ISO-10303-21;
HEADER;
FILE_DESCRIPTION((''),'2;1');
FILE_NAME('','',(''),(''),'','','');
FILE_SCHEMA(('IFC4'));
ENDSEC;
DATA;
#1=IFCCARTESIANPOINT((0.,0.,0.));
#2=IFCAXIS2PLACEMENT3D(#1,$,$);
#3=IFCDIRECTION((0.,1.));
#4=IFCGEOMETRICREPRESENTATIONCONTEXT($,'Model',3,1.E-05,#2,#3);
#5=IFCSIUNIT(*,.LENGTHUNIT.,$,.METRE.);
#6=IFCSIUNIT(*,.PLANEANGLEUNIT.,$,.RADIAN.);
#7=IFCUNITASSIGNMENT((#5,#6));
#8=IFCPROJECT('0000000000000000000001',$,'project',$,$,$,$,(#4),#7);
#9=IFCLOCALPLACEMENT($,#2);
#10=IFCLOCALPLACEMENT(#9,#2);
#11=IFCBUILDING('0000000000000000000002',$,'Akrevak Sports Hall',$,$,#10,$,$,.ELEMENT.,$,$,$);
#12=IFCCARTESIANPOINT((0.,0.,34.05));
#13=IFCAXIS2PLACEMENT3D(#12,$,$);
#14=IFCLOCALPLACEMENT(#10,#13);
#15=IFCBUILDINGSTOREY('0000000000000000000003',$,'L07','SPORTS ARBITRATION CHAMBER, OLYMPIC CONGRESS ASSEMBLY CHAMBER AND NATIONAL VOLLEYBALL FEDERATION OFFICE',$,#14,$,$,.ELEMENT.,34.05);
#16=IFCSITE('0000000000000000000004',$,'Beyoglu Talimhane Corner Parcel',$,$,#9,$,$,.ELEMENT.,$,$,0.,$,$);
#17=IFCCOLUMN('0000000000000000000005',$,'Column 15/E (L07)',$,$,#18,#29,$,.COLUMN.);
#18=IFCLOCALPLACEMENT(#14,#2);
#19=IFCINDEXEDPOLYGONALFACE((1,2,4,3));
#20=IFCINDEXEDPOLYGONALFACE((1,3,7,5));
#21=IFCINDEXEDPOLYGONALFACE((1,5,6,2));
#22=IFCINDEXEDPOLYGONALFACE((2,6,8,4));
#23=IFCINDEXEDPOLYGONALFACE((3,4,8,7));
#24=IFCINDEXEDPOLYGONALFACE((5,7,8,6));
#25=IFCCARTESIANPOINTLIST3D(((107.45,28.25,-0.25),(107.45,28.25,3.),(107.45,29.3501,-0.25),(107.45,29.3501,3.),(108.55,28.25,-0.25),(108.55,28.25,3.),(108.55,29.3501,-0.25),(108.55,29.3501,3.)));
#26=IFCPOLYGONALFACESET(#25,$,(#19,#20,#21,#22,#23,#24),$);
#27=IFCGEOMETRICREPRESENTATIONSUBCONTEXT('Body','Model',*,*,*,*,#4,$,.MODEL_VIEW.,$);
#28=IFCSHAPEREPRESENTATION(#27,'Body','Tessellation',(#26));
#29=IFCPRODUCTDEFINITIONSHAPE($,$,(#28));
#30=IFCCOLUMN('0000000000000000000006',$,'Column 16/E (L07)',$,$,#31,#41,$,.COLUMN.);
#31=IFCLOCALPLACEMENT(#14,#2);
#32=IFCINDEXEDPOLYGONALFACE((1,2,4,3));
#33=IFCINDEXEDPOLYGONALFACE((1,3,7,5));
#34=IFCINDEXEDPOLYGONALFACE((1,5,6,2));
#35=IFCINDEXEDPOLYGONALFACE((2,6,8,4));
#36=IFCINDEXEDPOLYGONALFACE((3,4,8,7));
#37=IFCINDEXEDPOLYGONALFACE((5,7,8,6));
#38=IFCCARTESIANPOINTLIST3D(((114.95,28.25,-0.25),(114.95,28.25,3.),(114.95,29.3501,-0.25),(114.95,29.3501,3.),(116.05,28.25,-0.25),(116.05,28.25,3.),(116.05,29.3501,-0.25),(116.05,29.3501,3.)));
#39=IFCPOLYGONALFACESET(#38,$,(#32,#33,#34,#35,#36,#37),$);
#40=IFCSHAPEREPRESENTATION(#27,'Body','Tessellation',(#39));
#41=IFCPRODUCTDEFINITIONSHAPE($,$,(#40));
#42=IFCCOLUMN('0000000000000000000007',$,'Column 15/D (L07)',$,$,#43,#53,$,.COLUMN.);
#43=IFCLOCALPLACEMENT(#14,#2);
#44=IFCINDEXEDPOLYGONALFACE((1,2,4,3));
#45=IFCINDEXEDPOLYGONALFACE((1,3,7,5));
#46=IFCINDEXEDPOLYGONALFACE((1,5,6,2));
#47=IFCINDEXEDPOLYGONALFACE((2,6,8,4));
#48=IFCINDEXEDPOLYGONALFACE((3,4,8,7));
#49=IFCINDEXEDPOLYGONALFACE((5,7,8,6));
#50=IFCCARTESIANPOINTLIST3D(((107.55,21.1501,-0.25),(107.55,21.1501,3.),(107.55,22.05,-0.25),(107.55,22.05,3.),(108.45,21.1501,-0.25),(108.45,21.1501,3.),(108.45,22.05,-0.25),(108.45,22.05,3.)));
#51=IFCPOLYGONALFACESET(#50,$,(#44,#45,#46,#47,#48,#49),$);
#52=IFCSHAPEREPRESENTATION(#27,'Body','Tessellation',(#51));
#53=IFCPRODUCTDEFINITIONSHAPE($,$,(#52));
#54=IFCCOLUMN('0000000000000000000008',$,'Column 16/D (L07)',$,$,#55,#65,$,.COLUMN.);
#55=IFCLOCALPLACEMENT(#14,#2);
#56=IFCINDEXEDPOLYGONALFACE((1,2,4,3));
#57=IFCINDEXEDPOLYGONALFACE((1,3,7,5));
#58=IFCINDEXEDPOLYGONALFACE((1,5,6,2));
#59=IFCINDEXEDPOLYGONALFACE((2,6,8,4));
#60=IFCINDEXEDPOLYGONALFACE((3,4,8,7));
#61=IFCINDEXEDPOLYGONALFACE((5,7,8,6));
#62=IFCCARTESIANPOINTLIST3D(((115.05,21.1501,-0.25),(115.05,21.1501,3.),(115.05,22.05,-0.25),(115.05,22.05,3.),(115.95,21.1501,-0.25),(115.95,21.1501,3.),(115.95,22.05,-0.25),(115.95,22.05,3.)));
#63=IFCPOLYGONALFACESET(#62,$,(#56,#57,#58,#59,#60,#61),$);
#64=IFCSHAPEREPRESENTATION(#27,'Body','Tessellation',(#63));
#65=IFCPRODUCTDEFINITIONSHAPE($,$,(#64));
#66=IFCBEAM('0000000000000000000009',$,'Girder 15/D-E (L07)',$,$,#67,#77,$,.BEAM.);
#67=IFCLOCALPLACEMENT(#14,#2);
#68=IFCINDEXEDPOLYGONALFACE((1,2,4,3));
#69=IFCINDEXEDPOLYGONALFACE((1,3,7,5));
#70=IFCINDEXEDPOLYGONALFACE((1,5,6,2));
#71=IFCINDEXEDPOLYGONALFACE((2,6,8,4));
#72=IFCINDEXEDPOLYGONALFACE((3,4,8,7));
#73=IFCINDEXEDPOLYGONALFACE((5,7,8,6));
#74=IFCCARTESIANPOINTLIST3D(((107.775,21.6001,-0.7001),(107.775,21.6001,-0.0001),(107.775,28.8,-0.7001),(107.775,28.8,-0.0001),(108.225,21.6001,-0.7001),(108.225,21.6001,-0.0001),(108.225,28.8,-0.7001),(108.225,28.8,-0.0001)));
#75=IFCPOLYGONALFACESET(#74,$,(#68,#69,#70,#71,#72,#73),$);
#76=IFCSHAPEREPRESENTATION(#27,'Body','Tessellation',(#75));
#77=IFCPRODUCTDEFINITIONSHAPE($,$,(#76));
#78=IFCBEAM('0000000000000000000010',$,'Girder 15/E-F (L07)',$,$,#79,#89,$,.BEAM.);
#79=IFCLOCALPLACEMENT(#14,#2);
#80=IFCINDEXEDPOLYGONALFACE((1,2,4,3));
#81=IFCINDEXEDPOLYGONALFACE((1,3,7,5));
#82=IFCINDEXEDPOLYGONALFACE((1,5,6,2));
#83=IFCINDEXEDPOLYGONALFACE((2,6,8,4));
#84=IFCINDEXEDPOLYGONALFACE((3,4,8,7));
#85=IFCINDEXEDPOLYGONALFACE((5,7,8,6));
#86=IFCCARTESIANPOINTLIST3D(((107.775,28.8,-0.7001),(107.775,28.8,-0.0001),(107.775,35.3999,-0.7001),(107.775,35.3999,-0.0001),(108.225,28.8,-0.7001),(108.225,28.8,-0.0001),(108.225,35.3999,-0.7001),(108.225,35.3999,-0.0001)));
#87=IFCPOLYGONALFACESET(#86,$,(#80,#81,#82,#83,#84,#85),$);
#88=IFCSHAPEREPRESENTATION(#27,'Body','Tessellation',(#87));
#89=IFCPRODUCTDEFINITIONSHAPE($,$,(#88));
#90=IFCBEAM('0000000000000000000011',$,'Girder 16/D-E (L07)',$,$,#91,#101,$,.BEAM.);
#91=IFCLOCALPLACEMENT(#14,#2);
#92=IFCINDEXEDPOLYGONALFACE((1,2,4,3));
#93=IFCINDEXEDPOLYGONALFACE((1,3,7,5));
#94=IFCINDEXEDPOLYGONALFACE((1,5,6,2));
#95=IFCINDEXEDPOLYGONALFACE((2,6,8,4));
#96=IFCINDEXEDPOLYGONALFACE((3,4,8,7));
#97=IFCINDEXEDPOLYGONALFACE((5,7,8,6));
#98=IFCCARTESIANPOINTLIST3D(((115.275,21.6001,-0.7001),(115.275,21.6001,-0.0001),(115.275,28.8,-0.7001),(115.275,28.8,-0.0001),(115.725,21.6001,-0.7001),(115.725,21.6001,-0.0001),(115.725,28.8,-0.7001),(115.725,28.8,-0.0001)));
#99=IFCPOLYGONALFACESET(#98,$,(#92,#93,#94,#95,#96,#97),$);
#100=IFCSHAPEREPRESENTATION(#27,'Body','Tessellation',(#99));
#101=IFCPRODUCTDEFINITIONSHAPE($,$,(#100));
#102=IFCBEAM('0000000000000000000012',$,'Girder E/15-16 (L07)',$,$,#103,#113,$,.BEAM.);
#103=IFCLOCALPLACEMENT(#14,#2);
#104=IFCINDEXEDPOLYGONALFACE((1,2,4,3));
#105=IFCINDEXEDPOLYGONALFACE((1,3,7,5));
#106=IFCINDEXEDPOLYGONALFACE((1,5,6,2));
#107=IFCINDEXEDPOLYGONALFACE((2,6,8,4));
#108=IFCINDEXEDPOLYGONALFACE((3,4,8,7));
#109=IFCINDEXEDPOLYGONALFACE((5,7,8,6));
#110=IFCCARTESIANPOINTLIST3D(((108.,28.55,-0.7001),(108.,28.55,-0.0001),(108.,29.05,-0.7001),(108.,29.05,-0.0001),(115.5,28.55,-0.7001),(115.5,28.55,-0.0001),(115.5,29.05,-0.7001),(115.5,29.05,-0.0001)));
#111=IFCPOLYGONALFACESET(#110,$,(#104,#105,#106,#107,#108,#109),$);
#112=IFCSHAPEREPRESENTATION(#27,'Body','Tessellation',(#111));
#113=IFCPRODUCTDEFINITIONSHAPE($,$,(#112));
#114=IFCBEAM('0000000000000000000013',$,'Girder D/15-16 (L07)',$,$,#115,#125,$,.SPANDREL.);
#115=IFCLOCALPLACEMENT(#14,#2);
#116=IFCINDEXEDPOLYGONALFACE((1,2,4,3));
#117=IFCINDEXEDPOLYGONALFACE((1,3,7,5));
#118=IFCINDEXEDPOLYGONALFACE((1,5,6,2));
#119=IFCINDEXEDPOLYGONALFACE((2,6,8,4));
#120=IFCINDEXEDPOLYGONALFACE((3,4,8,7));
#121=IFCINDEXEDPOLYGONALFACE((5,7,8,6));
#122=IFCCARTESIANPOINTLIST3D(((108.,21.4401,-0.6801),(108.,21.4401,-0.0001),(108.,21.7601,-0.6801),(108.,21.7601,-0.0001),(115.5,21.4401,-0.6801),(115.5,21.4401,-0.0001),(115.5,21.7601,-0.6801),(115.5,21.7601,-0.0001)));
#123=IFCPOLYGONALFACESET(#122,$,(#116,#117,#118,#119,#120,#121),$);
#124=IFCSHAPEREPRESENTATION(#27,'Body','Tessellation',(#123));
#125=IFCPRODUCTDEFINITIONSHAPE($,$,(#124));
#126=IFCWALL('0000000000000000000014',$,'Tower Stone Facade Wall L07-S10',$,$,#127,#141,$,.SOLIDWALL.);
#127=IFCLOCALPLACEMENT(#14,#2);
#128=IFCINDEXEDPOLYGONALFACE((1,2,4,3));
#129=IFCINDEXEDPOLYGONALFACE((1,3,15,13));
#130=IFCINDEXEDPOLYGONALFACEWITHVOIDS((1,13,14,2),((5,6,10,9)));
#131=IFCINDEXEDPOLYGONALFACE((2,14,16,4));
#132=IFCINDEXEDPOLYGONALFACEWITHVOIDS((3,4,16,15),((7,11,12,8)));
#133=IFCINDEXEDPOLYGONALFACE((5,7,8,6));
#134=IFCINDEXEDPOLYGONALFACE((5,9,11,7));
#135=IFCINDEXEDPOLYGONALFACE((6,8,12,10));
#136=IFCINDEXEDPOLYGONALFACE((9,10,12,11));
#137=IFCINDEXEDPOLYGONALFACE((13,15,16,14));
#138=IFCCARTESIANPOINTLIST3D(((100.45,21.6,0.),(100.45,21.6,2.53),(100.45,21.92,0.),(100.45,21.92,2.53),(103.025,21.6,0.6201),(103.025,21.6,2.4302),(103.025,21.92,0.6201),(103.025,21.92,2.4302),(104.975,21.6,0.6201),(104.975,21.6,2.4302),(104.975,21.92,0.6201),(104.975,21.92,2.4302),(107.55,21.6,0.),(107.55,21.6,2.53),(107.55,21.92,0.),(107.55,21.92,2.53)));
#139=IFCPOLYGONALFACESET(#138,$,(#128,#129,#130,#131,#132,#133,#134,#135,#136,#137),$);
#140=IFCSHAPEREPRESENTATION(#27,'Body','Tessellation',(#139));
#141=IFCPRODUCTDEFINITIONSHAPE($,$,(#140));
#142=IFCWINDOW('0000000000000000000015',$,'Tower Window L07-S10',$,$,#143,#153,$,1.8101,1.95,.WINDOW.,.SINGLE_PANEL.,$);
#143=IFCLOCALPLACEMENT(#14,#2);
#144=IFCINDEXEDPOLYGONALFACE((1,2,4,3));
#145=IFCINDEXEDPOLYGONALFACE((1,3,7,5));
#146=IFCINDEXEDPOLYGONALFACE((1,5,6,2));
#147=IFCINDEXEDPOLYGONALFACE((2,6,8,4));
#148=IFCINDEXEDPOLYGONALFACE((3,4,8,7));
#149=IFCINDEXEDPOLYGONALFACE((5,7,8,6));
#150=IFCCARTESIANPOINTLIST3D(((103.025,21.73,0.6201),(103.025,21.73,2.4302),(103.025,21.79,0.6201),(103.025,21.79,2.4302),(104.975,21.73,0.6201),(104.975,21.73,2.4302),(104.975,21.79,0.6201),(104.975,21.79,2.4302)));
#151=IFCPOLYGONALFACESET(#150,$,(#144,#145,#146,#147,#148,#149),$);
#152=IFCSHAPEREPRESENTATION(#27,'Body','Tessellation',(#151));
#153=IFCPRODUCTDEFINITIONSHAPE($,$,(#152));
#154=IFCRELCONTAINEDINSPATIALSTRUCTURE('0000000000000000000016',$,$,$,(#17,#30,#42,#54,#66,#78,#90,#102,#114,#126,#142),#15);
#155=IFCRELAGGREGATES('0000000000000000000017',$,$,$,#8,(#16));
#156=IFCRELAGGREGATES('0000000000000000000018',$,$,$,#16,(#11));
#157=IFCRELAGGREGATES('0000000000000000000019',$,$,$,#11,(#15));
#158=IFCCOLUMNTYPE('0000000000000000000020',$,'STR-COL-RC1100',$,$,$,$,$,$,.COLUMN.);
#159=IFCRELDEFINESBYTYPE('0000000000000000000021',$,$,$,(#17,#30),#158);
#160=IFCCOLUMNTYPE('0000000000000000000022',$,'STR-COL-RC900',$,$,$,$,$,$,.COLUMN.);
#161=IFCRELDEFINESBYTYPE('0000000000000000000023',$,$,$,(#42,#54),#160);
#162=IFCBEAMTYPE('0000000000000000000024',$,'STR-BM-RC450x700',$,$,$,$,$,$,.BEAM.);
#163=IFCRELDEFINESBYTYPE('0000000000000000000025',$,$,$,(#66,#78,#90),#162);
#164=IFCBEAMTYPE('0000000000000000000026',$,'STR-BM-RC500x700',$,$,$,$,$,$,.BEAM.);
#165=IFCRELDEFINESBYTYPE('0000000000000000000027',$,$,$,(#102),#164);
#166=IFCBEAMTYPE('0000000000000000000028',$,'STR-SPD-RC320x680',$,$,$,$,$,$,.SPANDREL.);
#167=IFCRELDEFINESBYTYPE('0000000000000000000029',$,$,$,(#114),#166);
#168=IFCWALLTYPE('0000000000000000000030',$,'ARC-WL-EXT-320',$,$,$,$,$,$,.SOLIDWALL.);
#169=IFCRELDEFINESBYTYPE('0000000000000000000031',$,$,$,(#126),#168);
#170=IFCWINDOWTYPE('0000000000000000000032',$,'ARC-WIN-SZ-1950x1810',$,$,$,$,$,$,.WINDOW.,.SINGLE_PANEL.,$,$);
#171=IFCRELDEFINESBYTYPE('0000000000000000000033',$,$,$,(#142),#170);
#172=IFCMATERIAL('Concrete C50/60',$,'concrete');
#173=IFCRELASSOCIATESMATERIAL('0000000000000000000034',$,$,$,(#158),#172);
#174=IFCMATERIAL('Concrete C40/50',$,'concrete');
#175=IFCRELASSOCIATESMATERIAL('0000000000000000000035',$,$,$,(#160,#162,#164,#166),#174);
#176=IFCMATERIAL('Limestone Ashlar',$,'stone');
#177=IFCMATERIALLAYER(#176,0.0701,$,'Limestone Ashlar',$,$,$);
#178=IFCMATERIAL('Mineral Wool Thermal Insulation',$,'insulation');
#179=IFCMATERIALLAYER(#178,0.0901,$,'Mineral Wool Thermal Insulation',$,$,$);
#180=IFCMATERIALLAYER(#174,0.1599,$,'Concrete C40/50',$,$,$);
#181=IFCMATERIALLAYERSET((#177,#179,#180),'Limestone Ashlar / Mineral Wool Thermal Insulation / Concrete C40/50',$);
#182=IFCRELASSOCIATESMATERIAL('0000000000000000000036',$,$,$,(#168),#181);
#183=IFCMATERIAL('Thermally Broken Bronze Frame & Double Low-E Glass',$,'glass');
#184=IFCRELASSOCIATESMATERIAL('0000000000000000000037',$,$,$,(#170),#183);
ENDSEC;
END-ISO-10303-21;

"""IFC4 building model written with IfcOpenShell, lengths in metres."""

from ifc_helpers import new_model, si_unit, direction, frame, frame_2d, origin, origin_2d, place, context, subcontext, project, spatial, rectangle, extrude, material, layer, layer_set, material_profile, profile_set, type_object, element, fill, save


model = new_model("IFC4")

# Units and contexts
model_context = context("Model", 3, precision=1e-05, world=origin(), true_north=direction((0.0, 1.0)))
body_context = subcontext(model_context, "Body", "Model", "MODEL_VIEW")
ifc_project = project(units=[si_unit("LENGTHUNIT", "METRE"), si_unit("PLANEANGLEUNIT", "RADIAN")], contexts=[model_context])

# Site, building, storey
site_placement = place(None, origin())
site = spatial("IfcSite", under=ifc_project, at=site_placement, Name="Beyoglu Talimhane Corner Parcel", CompositionType="ELEMENT", RefElevation=0.0)
building_placement = place(site_placement, origin())
building = spatial("IfcBuilding", under=site, at=building_placement, Name="Akrevak Sports Hall", CompositionType="ELEMENT")
storey_placement = place(building_placement, frame((0.0, 0.0, 34.05)))
storey = spatial("IfcBuildingStorey", under=building, at=storey_placement, Name="L07", Description="SPORTS ARBITRATION CHAMBER, OLYMPIC CONGRESS ASSEMBLY CHAMBER AND NATIONAL VOLLEYBALL FEDERATION OFFICE", CompositionType="ELEMENT", Elevation=34.05)

# Columns
ifc_material_1 = material(Name="Concrete C50/60", Category="concrete")
ifc_material_profile_1 = material_profile(ifc_material_1, rectangle(XDim=1.1001, YDim=1.1001, at=origin_2d()), Name="RC 1100x1100", Category="concrete")
ifc_profile_set_1 = profile_set([ifc_material_profile_1], Name="Concrete C50/60")
column_type_1 = type_object("IfcColumnType", Name="STR-COL-RC1100", PredefinedType="COLUMN", material=ifc_profile_set_1)
for number, where, z_axis, x_axis, name in (
    (1, (108.0, 28.8, -0.25), (0.0, 0.0, 1.0), (1.0, 0.0, 0.0), "Column 15/E (L07)"),
    (2, (115.5, 28.8, -0.25), (0.0, 0.0, 1.0), (1.0, 0.0, 0.0), "Column 16/E (L07)"),
):
    element("IfcColumn", number, at=place(storey_placement, frame(where, z_axis=z_axis, x_axis=x_axis)), inside=storey, type_object=column_type_1, Name=name, PredefinedType="COLUMN", context=body_context, shape_type="SweptSolid", body=[
        extrude(rectangle(XDim=1.1001, YDim=1.1001, at=origin_2d()), origin(), (0.0, 0.0, 1.0), 3.25),
    ])
ifc_material_2 = material(Name="Concrete C40/50", Category="concrete")
ifc_material_profile_2 = material_profile(ifc_material_2, rectangle(XDim=0.8999, YDim=0.8999, at=origin_2d()), Name="RC 900x900", Category="concrete")
ifc_profile_set_2 = profile_set([ifc_material_profile_2], Name="Concrete C40/50")
column_type_2 = type_object("IfcColumnType", Name="STR-COL-RC900", PredefinedType="COLUMN", material=ifc_profile_set_2)
for number, where, z_axis, x_axis, name in (
    (3, (108.0, 21.6001, -0.25), (0.0, 0.0, 1.0), (1.0, 0.0, 0.0), "Column 15/D (L07)"),
    (4, (115.5, 21.6001, -0.25), (0.0, 0.0, 1.0), (1.0, 0.0, 0.0), "Column 16/D (L07)"),
):
    element("IfcColumn", number, at=place(storey_placement, frame(where, z_axis=z_axis, x_axis=x_axis)), inside=storey, type_object=column_type_2, Name=name, PredefinedType="COLUMN", context=body_context, shape_type="SweptSolid", body=[
        extrude(rectangle(XDim=0.8999, YDim=0.8999, at=origin_2d()), origin(), (0.0, 0.0, 1.0), 3.25),
    ])

# Beams
ifc_material_profile_3 = material_profile(ifc_material_2, rectangle(XDim=0.45, YDim=0.7, at=origin_2d()), Name="BM 450x700", Category="concrete")
ifc_profile_set_3 = profile_set([ifc_material_profile_3], Name="Concrete C40/50")
beam_type_1 = type_object("IfcBeamType", Name="STR-BM-RC450x700", PredefinedType="BEAM", material=ifc_profile_set_3)
beam_1_placement = place(storey_placement, frame((108.0, 21.6001, -0.3501), z_axis=(0.0, 1.0, 0.0), x_axis=(-1.0, 0.0, 0.0)))
element("IfcBeam", 5, at=beam_1_placement, inside=storey, type_object=beam_type_1, Name="Girder 15/D-E (L07)", PredefinedType="BEAM", context=body_context, shape_type="SweptSolid", body=[
    extrude(rectangle(XDim=0.45, YDim=0.7, at=origin_2d()), origin(), (0.0, 0.0, 1.0), 7.2),
])
beam_2_placement = place(storey_placement, frame((108.0, 28.8, -0.3501), z_axis=(0.0, 1.0, 0.0), x_axis=(-1.0, 0.0, 0.0)))
element("IfcBeam", 6, at=beam_2_placement, inside=storey, type_object=beam_type_1, Name="Girder 15/E-F (L07)", PredefinedType="BEAM", context=body_context, shape_type="SweptSolid", body=[
    extrude(rectangle(XDim=0.45, YDim=0.7, at=origin_2d()), origin(), (0.0, 0.0, 1.0), 6.5999),
])
beam_3_placement = place(storey_placement, frame((115.5, 21.6001, -0.3501), z_axis=(0.0, 1.0, 0.0), x_axis=(-1.0, 0.0, 0.0)))
element("IfcBeam", 7, at=beam_3_placement, inside=storey, type_object=beam_type_1, Name="Girder 16/D-E (L07)", PredefinedType="BEAM", context=body_context, shape_type="SweptSolid", body=[
    extrude(rectangle(XDim=0.45, YDim=0.7, at=origin_2d()), origin(), (0.0, 0.0, 1.0), 7.2),
])
ifc_material_profile_4 = material_profile(ifc_material_2, rectangle(XDim=0.5, YDim=0.7, at=origin_2d()), Name="BM 500x700", Category="concrete")
ifc_profile_set_4 = profile_set([ifc_material_profile_4], Name="Concrete C40/50")
beam_type_2 = type_object("IfcBeamType", Name="STR-BM-RC500x700", PredefinedType="BEAM", material=ifc_profile_set_4)
beam_4_placement = place(storey_placement, frame((108.0, 28.8, -0.3501), z_axis=(1.0, 0.0, 0.0), x_axis=(0.0, 1.0, 0.0)))
element("IfcBeam", 8, at=beam_4_placement, inside=storey, type_object=beam_type_2, Name="Girder E/15-16 (L07)", PredefinedType="BEAM", context=body_context, shape_type="SweptSolid", body=[
    extrude(rectangle(XDim=0.5, YDim=0.7, at=origin_2d()), origin(), (0.0, 0.0, 1.0), 7.5),
])
ifc_material_profile_5 = material_profile(ifc_material_2, rectangle(XDim=0.3201, YDim=0.6799, at=origin_2d()), Name="SPD 320x680", Category="concrete")
ifc_profile_set_5 = profile_set([ifc_material_profile_5], Name="Concrete C40/50")
beam_type_3 = type_object("IfcBeamType", Name="STR-SPD-RC320x680", PredefinedType="SPANDREL", material=ifc_profile_set_5)
beam_5_placement = place(storey_placement, frame((108.0, 21.6001, -0.3401), z_axis=(1.0, 0.0, 0.0), x_axis=(0.0, 1.0, 0.0)))
element("IfcBeam", 9, at=beam_5_placement, inside=storey, type_object=beam_type_3, Name="Girder D/15-16 (L07)", PredefinedType="SPANDREL", context=body_context, shape_type="SweptSolid", body=[
    extrude(rectangle(XDim=0.3201, YDim=0.6799, at=origin_2d()), origin(), (0.0, 0.0, 1.0), 7.5),
])

# Wall, opening, window
ifc_material_3 = material(Name="Limestone Ashlar", Category="stone")
ifc_layer_1 = layer(ifc_material_3, 0.0701, Name="Limestone Ashlar")
ifc_material_4 = material(Name="Mineral Wool Thermal Insulation", Category="insulation")
ifc_layer_2 = layer(ifc_material_4, 0.0901, Name="Mineral Wool Thermal Insulation")
ifc_layer_3 = layer(ifc_material_2, 0.1599, Name="Concrete C40/50")
ifc_layer_set_1 = layer_set([ifc_layer_1, ifc_layer_2, ifc_layer_3], Name="Limestone Ashlar / Mineral Wool Thermal Insulation / Concrete C40/50")
wall_type = type_object("IfcWallType", Name="ARC-WL-EXT-320", PredefinedType="SOLIDWALL", material=ifc_layer_set_1)
wall_1_placement = place(storey_placement, frame((100.45, 21.76, 0.0), z_axis=(0.0, 0.0, 1.0), x_axis=(1.0, 0.0, 0.0)))
wall_1 = element("IfcWall", 10, at=wall_1_placement, inside=storey, type_object=wall_type, Name="Tower Stone Facade Wall L07-S10", PredefinedType="SOLIDWALL", context=body_context, shape_type="SweptSolid", body=[
    extrude(rectangle(XDim=7.1001, YDim=0.3201, at=frame_2d((3.55, 0.0))), origin(), (0.0, 0.0, 1.0), 2.53),
])
opening_1_placement = place(wall_1_placement, frame((2.575, 0.0, 0.6201)))
opening_1 = element("IfcOpeningElement", 11, at=opening_1_placement, cuts=wall_1, PredefinedType="OPENING", context=body_context, shape_type="SweptSolid", body=[
    extrude(rectangle(XDim=1.95, YDim=1.8101, at=frame_2d((0.9751, 0.905))), frame((0.0, 0.1719, 0.0), z_axis=(0.0, -1.0, 0.0), x_axis=(1.0, 0.0, 0.0)), (0.0, 0.0, 1.0), 0.344),
])
ifc_material_5 = material(Name="Thermally Broken Bronze Frame & Double Low-E Glass", Category="glass")
window_type_1 = type_object("IfcWindowType", Name="ARC-WIN-SZ-1950x1810", PartitioningType="SINGLE_PANEL", PredefinedType="WINDOW", material=ifc_material_5)
window_1_placement = place(opening_1_placement, origin())
window_1 = element("IfcWindow", 12, at=window_1_placement, inside=storey, type_object=window_type_1, Name="Tower Window L07-S10", OverallHeight=1.8101, OverallWidth=1.95, PartitioningType="SINGLE_PANEL", PredefinedType="WINDOW", context=body_context, shape_type="SweptSolid", body=[
    extrude(rectangle(XDim=1.95, YDim=1.8101, at=frame_2d((0.9751, 0.905))), frame((0.0, 0.03, 0.0), z_axis=(0.0, -1.0, 0.0), x_axis=(1.0, 0.0, 0.0)), (0.0, 0.0, 1.0), 0.0601),
])
fill(opening_1, window_1)

save(model, "model.ifc")
